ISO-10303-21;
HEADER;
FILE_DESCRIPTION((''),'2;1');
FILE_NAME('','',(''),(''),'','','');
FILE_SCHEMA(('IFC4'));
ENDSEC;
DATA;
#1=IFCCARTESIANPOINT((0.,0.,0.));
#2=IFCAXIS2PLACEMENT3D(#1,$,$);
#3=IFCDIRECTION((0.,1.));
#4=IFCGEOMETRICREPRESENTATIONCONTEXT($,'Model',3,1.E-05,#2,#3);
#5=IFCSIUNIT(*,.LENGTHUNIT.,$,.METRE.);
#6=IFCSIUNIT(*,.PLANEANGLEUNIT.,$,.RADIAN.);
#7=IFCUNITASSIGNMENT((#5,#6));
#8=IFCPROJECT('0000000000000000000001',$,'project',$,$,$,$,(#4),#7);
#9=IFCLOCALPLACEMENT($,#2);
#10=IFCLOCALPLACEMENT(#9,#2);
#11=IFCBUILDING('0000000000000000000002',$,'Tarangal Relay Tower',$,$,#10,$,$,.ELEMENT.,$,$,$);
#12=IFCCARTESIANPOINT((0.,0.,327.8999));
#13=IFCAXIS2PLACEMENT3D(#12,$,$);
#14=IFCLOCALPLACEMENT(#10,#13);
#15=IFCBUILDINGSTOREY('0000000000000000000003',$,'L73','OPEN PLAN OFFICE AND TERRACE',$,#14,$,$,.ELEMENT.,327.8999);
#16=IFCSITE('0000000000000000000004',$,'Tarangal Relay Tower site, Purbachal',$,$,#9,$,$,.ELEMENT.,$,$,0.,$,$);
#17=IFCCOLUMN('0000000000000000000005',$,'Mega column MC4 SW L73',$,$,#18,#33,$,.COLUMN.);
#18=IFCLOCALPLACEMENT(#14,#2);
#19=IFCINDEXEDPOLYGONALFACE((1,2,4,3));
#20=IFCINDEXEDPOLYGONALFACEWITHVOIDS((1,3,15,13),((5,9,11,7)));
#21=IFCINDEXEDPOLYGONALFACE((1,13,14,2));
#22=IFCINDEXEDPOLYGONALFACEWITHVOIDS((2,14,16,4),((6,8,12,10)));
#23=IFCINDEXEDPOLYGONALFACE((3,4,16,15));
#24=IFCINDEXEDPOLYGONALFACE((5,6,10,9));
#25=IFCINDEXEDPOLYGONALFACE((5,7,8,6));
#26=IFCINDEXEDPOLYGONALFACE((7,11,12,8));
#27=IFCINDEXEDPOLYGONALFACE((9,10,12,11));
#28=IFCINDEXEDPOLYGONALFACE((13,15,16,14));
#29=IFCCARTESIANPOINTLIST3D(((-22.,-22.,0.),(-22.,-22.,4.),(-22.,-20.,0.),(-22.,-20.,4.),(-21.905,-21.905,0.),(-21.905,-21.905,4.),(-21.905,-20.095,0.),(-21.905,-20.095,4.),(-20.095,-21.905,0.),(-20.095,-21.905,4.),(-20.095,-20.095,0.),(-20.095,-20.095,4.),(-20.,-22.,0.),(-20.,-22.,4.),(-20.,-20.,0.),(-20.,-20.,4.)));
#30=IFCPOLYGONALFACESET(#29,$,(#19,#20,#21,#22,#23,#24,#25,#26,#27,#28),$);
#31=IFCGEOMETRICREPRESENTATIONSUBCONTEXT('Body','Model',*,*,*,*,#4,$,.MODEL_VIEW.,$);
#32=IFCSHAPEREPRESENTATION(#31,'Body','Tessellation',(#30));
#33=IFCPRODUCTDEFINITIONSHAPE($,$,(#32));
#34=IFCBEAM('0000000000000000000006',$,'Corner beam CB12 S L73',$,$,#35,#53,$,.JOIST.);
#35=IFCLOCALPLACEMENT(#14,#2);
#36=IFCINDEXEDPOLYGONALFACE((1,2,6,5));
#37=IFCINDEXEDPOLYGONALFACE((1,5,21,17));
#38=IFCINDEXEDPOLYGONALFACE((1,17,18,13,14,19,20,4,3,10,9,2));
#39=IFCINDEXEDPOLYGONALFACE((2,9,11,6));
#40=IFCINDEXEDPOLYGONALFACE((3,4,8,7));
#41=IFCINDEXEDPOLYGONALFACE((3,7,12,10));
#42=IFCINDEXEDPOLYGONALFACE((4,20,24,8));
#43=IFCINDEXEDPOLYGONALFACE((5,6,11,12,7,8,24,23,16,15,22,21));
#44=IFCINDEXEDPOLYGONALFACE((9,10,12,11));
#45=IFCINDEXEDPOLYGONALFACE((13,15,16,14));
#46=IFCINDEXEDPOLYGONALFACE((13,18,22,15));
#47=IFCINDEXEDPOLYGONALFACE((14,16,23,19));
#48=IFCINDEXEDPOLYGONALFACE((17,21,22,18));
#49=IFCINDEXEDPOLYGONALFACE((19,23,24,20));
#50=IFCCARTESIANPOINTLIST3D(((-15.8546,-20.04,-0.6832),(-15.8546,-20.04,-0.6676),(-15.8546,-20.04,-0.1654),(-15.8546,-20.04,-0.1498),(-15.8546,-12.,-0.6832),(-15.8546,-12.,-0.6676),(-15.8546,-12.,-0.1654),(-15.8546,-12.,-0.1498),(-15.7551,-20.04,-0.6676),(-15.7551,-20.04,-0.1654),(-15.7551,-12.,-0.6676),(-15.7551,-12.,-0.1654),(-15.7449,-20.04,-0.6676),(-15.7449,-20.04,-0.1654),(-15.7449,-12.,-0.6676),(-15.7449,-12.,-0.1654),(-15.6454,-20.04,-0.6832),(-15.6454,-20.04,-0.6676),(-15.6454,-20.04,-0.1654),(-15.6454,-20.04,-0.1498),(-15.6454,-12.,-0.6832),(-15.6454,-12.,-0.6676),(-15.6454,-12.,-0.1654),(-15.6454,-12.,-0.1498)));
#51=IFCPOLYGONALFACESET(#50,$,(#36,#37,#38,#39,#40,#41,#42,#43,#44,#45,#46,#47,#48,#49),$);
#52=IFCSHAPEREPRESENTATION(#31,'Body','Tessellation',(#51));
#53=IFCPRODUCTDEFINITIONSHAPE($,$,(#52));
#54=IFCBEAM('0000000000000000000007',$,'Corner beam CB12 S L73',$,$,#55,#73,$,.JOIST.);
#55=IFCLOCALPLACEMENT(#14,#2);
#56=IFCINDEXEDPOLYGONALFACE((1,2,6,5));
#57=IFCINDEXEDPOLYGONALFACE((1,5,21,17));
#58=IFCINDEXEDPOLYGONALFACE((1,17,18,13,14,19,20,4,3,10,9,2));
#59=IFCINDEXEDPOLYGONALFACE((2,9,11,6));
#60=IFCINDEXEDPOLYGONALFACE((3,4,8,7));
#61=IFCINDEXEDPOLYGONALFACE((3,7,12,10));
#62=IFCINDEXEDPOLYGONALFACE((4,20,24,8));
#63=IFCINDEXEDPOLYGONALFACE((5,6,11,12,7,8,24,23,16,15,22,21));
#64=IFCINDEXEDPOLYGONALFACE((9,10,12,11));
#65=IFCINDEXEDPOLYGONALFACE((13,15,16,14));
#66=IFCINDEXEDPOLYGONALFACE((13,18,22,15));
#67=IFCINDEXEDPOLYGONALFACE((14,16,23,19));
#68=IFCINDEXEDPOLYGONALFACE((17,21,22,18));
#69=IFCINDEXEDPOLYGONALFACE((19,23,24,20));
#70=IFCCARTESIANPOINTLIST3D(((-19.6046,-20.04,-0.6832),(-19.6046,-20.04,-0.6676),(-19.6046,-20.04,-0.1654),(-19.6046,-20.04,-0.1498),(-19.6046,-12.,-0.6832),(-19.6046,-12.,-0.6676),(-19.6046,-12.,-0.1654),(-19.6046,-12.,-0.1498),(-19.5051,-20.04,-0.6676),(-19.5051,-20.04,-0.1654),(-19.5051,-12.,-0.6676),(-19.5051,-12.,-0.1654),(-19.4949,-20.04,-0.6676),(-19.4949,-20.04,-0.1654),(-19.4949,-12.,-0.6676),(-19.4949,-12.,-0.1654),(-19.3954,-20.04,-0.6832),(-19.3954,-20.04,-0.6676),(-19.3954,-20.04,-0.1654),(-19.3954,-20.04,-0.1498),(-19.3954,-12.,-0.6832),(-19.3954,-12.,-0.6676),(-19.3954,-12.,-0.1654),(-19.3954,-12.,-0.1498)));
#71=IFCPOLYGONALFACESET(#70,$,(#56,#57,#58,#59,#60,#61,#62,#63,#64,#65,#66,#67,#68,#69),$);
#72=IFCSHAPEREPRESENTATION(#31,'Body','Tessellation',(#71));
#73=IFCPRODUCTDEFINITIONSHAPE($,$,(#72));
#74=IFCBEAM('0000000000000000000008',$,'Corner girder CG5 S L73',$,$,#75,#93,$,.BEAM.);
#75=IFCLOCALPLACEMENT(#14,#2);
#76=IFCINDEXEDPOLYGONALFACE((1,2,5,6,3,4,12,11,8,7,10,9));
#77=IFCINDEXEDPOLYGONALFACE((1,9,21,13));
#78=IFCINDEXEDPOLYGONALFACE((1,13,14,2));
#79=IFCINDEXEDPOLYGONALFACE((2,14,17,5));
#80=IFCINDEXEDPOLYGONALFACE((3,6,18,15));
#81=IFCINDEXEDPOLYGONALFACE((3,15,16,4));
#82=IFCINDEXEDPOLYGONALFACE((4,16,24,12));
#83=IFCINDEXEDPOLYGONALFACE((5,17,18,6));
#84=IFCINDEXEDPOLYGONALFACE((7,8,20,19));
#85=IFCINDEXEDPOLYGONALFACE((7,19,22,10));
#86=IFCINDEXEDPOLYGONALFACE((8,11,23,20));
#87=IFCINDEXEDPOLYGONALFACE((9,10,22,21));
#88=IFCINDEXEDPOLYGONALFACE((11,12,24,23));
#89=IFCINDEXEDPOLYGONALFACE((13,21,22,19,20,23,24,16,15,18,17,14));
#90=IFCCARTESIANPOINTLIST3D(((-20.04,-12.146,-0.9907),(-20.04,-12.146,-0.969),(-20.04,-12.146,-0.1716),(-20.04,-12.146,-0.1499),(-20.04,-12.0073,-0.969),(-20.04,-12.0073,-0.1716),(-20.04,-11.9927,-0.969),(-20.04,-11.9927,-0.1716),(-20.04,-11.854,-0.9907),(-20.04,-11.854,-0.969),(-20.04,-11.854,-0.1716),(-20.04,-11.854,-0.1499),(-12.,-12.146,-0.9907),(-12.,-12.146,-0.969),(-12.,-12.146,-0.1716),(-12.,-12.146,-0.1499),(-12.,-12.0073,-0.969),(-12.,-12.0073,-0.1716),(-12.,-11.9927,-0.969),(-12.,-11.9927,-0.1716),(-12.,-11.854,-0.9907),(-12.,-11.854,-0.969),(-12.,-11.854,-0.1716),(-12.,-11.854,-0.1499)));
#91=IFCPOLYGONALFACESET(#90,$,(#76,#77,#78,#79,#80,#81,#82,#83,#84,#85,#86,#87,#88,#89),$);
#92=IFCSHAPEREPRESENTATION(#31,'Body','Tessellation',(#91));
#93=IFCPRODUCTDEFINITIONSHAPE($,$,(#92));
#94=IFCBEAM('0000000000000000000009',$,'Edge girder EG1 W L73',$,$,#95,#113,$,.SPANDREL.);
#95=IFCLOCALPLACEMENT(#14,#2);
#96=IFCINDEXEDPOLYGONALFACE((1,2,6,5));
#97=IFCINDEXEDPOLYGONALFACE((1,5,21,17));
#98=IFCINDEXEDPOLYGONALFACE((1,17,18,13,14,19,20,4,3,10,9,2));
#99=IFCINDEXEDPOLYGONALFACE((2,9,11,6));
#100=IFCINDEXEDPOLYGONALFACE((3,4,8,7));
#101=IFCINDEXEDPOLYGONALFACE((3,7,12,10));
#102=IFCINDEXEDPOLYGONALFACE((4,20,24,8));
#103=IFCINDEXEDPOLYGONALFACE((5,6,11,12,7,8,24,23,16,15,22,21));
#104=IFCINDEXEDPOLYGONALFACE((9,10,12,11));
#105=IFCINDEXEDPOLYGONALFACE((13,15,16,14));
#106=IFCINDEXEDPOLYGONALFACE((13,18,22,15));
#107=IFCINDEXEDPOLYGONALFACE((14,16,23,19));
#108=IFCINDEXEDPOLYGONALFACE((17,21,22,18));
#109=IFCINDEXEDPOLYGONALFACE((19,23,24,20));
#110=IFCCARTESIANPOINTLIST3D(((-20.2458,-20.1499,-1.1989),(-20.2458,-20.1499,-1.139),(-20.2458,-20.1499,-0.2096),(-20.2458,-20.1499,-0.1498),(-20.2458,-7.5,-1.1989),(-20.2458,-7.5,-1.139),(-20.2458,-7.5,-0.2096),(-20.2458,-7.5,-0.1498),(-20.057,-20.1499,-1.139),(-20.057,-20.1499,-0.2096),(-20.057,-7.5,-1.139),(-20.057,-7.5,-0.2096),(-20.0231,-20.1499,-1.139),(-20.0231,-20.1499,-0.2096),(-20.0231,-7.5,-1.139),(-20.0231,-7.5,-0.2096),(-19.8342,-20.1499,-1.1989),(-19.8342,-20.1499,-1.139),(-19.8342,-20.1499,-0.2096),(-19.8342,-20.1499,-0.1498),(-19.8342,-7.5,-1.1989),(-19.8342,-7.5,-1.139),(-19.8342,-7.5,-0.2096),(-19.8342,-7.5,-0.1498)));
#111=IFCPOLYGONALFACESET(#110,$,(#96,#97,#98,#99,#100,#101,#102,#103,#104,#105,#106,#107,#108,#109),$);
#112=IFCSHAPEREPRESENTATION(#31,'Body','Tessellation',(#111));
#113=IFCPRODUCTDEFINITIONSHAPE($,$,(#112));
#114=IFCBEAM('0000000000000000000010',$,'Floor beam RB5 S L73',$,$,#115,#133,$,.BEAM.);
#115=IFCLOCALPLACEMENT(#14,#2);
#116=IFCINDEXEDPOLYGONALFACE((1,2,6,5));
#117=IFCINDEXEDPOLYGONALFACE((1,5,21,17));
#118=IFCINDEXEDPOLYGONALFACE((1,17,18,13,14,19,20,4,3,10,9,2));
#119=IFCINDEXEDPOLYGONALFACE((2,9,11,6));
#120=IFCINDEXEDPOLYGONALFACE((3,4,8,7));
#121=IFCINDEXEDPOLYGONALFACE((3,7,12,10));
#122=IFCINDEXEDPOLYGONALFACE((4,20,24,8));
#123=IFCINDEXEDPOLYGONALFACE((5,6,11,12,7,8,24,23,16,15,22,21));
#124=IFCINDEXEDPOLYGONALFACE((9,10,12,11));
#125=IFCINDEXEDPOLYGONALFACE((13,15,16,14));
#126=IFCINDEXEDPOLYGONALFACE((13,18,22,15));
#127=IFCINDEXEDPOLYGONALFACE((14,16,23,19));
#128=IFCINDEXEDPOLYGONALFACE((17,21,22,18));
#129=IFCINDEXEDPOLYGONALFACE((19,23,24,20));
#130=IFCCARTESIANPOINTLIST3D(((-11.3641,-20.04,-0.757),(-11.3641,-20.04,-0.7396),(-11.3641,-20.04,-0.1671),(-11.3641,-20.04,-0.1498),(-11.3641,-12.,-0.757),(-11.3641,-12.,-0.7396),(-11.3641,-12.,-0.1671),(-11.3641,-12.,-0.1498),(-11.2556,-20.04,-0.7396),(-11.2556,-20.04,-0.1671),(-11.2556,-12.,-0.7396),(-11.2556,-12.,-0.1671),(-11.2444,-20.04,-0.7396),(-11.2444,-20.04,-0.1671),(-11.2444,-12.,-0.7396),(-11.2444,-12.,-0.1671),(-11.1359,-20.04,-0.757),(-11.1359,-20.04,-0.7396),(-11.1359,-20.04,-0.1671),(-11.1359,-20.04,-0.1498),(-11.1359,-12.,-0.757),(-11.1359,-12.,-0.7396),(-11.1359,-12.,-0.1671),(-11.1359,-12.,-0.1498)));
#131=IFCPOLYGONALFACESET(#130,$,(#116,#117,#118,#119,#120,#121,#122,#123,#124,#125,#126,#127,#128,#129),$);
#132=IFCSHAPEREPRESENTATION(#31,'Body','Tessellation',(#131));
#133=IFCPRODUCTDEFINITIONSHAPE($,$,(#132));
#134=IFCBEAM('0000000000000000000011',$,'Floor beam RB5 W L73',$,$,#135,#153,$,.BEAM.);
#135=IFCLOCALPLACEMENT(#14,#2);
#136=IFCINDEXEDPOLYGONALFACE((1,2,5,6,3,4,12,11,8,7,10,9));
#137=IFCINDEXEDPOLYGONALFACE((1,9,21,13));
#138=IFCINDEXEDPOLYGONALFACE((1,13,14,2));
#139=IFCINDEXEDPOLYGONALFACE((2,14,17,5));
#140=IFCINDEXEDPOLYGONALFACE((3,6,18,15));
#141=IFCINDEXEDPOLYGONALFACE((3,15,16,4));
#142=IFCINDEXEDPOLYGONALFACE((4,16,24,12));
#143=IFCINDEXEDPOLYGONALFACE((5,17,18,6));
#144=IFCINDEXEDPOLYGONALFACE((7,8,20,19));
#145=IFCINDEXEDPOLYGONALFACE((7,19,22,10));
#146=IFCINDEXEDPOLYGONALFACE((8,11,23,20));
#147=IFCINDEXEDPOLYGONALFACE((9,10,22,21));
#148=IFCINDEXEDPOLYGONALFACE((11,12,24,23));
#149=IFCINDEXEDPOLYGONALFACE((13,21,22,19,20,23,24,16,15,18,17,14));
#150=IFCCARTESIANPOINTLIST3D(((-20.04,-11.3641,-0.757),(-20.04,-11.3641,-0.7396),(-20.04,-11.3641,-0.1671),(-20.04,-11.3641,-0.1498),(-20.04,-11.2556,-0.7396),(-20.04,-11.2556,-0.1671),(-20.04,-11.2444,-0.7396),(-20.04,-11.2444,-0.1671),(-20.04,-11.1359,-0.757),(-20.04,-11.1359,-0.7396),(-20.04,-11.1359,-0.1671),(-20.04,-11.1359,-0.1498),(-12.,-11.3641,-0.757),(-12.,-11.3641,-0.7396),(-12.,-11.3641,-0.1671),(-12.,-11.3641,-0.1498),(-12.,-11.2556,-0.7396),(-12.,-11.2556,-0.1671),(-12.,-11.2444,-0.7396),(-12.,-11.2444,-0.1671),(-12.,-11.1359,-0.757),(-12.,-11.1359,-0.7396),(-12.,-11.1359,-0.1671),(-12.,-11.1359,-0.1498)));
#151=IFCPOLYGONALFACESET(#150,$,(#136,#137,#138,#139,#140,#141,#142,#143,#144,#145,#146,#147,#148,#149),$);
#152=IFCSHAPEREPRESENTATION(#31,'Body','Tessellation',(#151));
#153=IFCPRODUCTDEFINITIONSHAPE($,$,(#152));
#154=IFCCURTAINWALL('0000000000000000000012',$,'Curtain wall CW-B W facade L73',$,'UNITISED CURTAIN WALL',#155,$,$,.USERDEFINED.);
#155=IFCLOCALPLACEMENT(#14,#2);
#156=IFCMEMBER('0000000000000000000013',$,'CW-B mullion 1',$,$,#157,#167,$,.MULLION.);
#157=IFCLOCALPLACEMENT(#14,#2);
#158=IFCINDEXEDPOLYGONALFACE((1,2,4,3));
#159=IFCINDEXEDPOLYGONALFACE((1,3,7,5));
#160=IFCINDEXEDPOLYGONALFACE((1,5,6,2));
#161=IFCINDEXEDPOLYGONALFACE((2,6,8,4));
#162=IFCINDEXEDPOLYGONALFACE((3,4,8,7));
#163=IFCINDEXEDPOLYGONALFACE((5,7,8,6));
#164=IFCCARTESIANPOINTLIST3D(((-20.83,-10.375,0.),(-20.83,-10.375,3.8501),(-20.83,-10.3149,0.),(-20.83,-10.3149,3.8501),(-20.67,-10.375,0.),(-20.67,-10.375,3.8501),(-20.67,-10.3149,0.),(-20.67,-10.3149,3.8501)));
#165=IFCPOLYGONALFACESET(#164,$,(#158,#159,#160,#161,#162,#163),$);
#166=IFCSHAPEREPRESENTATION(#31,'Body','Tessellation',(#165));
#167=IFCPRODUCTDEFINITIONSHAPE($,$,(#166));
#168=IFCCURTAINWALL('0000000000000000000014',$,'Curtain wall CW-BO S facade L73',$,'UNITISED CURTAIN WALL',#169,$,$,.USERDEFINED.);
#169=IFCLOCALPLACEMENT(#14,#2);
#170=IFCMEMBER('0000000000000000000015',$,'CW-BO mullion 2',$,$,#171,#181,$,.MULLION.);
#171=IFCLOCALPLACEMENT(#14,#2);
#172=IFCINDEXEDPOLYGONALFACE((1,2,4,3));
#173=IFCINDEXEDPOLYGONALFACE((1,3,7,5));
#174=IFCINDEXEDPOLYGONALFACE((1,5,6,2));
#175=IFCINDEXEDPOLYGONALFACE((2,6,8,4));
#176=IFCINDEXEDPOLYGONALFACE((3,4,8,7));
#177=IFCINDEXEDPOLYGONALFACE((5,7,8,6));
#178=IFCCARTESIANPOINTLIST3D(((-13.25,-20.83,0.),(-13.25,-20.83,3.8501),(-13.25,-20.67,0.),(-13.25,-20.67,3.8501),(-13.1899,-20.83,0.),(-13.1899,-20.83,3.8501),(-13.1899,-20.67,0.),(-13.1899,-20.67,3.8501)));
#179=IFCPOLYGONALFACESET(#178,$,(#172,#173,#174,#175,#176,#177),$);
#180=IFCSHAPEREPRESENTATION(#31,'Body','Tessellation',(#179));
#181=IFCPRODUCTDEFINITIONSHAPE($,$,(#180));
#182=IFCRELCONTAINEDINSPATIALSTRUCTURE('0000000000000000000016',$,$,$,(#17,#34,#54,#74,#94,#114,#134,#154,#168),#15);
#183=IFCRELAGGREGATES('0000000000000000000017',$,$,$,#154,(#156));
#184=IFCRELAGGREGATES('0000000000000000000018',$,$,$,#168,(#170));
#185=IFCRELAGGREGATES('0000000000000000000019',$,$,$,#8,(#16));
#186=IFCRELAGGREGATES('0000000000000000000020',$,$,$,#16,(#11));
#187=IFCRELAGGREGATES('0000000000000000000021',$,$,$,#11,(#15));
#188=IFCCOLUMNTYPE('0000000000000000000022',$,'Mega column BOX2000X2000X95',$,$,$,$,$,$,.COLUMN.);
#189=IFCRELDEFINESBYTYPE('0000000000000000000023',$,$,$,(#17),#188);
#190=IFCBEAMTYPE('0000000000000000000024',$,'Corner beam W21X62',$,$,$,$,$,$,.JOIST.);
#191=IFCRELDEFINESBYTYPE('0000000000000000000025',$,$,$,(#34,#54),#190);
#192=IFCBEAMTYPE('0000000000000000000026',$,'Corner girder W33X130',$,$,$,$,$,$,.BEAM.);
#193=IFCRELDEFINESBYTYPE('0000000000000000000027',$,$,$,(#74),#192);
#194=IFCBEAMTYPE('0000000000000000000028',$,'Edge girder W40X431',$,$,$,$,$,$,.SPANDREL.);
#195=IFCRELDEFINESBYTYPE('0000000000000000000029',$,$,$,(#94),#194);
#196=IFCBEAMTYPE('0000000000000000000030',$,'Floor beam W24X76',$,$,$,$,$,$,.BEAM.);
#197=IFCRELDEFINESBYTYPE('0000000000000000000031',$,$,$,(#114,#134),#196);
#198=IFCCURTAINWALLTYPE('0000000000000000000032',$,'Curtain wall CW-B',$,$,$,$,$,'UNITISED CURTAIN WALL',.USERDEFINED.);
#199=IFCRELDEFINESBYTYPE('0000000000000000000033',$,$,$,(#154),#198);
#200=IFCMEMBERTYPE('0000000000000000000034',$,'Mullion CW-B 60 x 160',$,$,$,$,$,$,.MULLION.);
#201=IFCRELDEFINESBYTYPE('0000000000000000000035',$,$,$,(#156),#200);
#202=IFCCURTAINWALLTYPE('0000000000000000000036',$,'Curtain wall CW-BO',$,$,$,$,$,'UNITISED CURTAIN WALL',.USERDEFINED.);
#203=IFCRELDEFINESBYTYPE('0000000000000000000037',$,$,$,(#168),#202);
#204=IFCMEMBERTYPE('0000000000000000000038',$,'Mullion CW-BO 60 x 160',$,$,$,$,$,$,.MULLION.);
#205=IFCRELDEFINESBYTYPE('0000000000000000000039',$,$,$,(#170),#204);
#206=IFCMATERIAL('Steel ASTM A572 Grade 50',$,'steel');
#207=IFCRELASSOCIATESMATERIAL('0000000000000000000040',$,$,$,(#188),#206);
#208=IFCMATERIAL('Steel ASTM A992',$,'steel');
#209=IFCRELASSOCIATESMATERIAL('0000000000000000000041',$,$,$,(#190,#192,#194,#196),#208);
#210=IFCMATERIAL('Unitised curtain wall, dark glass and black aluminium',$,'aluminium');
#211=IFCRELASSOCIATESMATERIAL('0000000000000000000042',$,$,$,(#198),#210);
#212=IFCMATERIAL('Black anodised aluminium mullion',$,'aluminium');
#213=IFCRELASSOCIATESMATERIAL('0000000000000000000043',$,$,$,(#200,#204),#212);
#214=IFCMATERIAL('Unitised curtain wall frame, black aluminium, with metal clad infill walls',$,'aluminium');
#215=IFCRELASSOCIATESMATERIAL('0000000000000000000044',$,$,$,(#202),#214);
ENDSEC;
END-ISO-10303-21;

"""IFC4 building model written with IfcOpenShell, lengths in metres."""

from ifc_helpers import new_model, si_unit, direction, frame, origin, origin_2d, place, context, subcontext, project, spatial, rectangle, hollow_rectangle, i_section, extrude, material, material_profile, profile_set, type_object, element, aggregate, save


model = new_model("IFC4")

# Units and contexts
model_context = context("Model", 3, precision=1e-05, world=origin(), true_north=direction((0.0, 1.0)))
body_context = subcontext(model_context, "Body", "Model", "MODEL_VIEW")
ifc_project = project(units=[si_unit("LENGTHUNIT", "METRE"), si_unit("PLANEANGLEUNIT", "RADIAN")], contexts=[model_context])

# Site, building, storey
site_placement = place(None, origin())
site = spatial("IfcSite", under=ifc_project, at=site_placement, Name="Tarangal Relay Tower site, Purbachal", CompositionType="ELEMENT", RefElevation=0.0)
building_placement = place(site_placement, origin())
building = spatial("IfcBuilding", under=site, at=building_placement, Name="Tarangal Relay Tower", CompositionType="ELEMENT")
storey_placement = place(building_placement, frame((0.0, 0.0, 327.8999)))
storey = spatial("IfcBuildingStorey", under=building, at=storey_placement, Name="L73", Description="OPEN PLAN OFFICE AND TERRACE", CompositionType="ELEMENT", Elevation=327.8999)

# Column
ifc_material_1 = material(Name="Steel ASTM A572 Grade 50", Category="steel")
ifc_material_profile_1 = material_profile(ifc_material_1, hollow_rectangle(XDim=2.0, YDim=2.0, WallThickness=0.095, at=origin_2d()), Name="BOX2000X2000X95")
ifc_profile_set_1 = profile_set([ifc_material_profile_1], Name="Steel ASTM A572 Grade 50")
column_type = type_object("IfcColumnType", Name="Mega column BOX2000X2000X95", PredefinedType="COLUMN", material=ifc_profile_set_1)
column_placement = place(storey_placement, frame((-21.0, -21.0, 0.0), z_axis=(0.0, 0.0, 1.0), x_axis=(1.0, 0.0, 0.0)))
element("IfcColumn", 1, at=column_placement, inside=storey, type_object=column_type, Name="Mega column MC4 SW L73", PredefinedType="COLUMN", context=body_context, shape_type="SweptSolid", body=[
    extrude(hollow_rectangle(XDim=2.0, YDim=2.0, WallThickness=0.095, at=origin_2d()), origin(), (0.0, 0.0, 1.0), 4.0),
])

# Beams
ifc_material_2 = material(Name="Steel ASTM A992", Category="steel")
ifc_material_profile_2 = material_profile(ifc_material_2, i_section(OverallWidth=0.2092, OverallDepth=0.5334, WebThickness=0.0103, FlangeThickness=0.0156, at=origin_2d()), Name="W21X62")
ifc_profile_set_2 = profile_set([ifc_material_profile_2], Name="Steel ASTM A992")
beam_type_1 = type_object("IfcBeamType", Name="Corner beam W21X62", PredefinedType="JOIST", material=ifc_profile_set_2)
for number, where, z_axis, x_axis, name in (
    (2, (-15.75, -12.0, -0.4165), (0.0, -1.0, 0.0), (1.0, 0.0, 0.0), "Corner beam CB12 S L73"),
    (3, (-19.5, -12.0, -0.4165), (0.0, -1.0, 0.0), (1.0, 0.0, 0.0), "Corner beam CB12 S L73"),
):
    element("IfcBeam", number, at=place(storey_placement, frame(where, z_axis=z_axis, x_axis=x_axis)), inside=storey, type_object=beam_type_1, Name=name, PredefinedType="JOIST", context=body_context, shape_type="SweptSolid", body=[
        extrude(i_section(OverallWidth=0.2092, OverallDepth=0.5334, WebThickness=0.0103, FlangeThickness=0.0156, at=origin_2d()), origin(), (0.0, 0.0, 1.0), 8.04),
    ])
ifc_material_profile_3 = material_profile(ifc_material_2, i_section(OverallWidth=0.292, OverallDepth=0.8408, WebThickness=0.0146, FlangeThickness=0.0217, at=origin_2d()), Name="W33X130")
ifc_profile_set_3 = profile_set([ifc_material_profile_3], Name="Steel ASTM A992")
beam_type_2 = type_object("IfcBeamType", Name="Corner girder W33X130", PredefinedType="BEAM", material=ifc_profile_set_3)
beam_1_placement = place(storey_placement, frame((-12.0, -12.0, -0.5703), z_axis=(-1.0, 0.0, 0.0), x_axis=(0.0, -1.0, 0.0)))
element("IfcBeam", 4, at=beam_1_placement, inside=storey, type_object=beam_type_2, Name="Corner girder CG5 S L73", PredefinedType="BEAM", context=body_context, shape_type="SweptSolid", body=[
    extrude(i_section(OverallWidth=0.292, OverallDepth=0.8408, WebThickness=0.0146, FlangeThickness=0.0217, at=origin_2d()), origin(), (0.0, 0.0, 1.0), 8.04),
])
ifc_material_profile_4 = material_profile(ifc_material_2, i_section(OverallWidth=0.4116, OverallDepth=1.0491, WebThickness=0.0339, FlangeThickness=0.0598, at=origin_2d()), Name="W40X431")
ifc_profile_set_4 = profile_set([ifc_material_profile_4], Name="Steel ASTM A992")
beam_type_3 = type_object("IfcBeamType", Name="Edge girder W40X431", PredefinedType="SPANDREL", material=ifc_profile_set_4)
beam_2_placement = place(storey_placement, frame((-20.04, -20.1499, -0.6743), z_axis=(0.0, 1.0, 0.0), x_axis=(-1.0, 0.0, 0.0)))
element("IfcBeam", 5, at=beam_2_placement, inside=storey, type_object=beam_type_3, Name="Edge girder EG1 W L73", PredefinedType="SPANDREL", context=body_context, shape_type="SweptSolid", body=[
    extrude(i_section(OverallWidth=0.4116, OverallDepth=1.0491, WebThickness=0.0339, FlangeThickness=0.0598, at=origin_2d()), origin(), (0.0, 0.0, 1.0), 12.6499),
])
ifc_material_profile_5 = material_profile(ifc_material_2, i_section(OverallWidth=0.2283, OverallDepth=0.6072, WebThickness=0.0112, FlangeThickness=0.0173, at=origin_2d()), Name="W24X76")
ifc_profile_set_5 = profile_set([ifc_material_profile_5], Name="Steel ASTM A992")
beam_type_4 = type_object("IfcBeamType", Name="Floor beam W24X76", PredefinedType="BEAM", material=ifc_profile_set_5)
for number, where, z_axis, x_axis, name in (
    (6, (-11.25, -12.0, -0.4534), (0.0, -1.0, 0.0), (1.0, 0.0, 0.0), "Floor beam RB5 S L73"),
    (7, (-12.0, -11.25, -0.4534), (-1.0, 0.0, 0.0), (0.0, -1.0, 0.0), "Floor beam RB5 W L73"),
):
    element("IfcBeam", number, at=place(storey_placement, frame(where, z_axis=z_axis, x_axis=x_axis)), inside=storey, type_object=beam_type_4, Name=name, PredefinedType="BEAM", context=body_context, shape_type="SweptSolid", body=[
        extrude(i_section(OverallWidth=0.2283, OverallDepth=0.6072, WebThickness=0.0112, FlangeThickness=0.0173, at=origin_2d()), origin(), (0.0, 0.0, 1.0), 8.04),
    ])

# Curtain walls, members
ifc_material_3 = material(Name="Unitised curtain wall, dark glass and black aluminium", Category="aluminium")
curtain_wall_type_1 = type_object("IfcCurtainWallType", Name="Curtain wall CW-B", ElementType="UNITISED CURTAIN WALL", PredefinedType="USERDEFINED", material=ifc_material_3)
curtain_wall_1_placement = place(storey_placement, origin())
curtain_wall_1 = element("IfcCurtainWall", 8, at=curtain_wall_1_placement, inside=storey, type_object=curtain_wall_type_1, Name="Curtain wall CW-B W facade L73", ObjectType="UNITISED CURTAIN WALL", PredefinedType="USERDEFINED")
ifc_material_4 = material(Name="Black anodised aluminium mullion", Category="aluminium")
ifc_material_profile_6 = material_profile(ifc_material_4, rectangle(XDim=0.1599, YDim=0.0601, at=origin_2d()), Name="CW-BM 60X160")
ifc_profile_set_6 = profile_set([ifc_material_profile_6], Name="Black anodised aluminium mullion")
member_type_1 = type_object("IfcMemberType", Name="Mullion CW-B 60 x 160", PredefinedType="MULLION", material=ifc_profile_set_6)
member_1_placement = place(storey_placement, frame((-20.75, -10.345, 0.0), z_axis=(0.0, 0.0, 1.0), x_axis=(-1.0, 0.0, 0.0)))
member_1 = element("IfcMember", 9, at=member_1_placement, type_object=member_type_1, Name="CW-B mullion 1", PredefinedType="MULLION", context=body_context, shape_type="SweptSolid", body=[
    extrude(rectangle(XDim=0.1599, YDim=0.0601, at=origin_2d()), origin(), (0.0, 0.0, 1.0), 3.8501),
])
aggregate(curtain_wall_1, [member_1])
ifc_material_5 = material(Name="Unitised curtain wall frame, black aluminium, with metal clad infill walls", Category="aluminium")
curtain_wall_type_2 = type_object("IfcCurtainWallType", Name="Curtain wall CW-BO", ElementType="UNITISED CURTAIN WALL", PredefinedType="USERDEFINED", material=ifc_material_5)
curtain_wall_2_placement = place(storey_placement, origin())
curtain_wall_2 = element("IfcCurtainWall", 10, at=curtain_wall_2_placement, inside=storey, type_object=curtain_wall_type_2, Name="Curtain wall CW-BO S facade L73", ObjectType="UNITISED CURTAIN WALL", PredefinedType="USERDEFINED")
ifc_material_profile_7 = material_profile(ifc_material_4, rectangle(XDim=0.1599, YDim=0.0601, at=origin_2d()), Name="CW-BOM 60X160")
ifc_profile_set_7 = profile_set([ifc_material_profile_7], Name="Black anodised aluminium mullion")
member_type_2 = type_object("IfcMemberType", Name="Mullion CW-BO 60 x 160", PredefinedType="MULLION", material=ifc_profile_set_7)
member_2_placement = place(storey_placement, frame((-13.22, -20.75, 0.0), z_axis=(0.0, 0.0, 1.0), x_axis=(0.0, -1.0, 0.0)))
member_2 = element("IfcMember", 11, at=member_2_placement, type_object=member_type_2, Name="CW-BO mullion 2", PredefinedType="MULLION", context=body_context, shape_type="SweptSolid", body=[
    extrude(rectangle(XDim=0.1599, YDim=0.0601, at=origin_2d()), origin(), (0.0, 0.0, 1.0), 3.8501),
])

aggregate(curtain_wall_2, [member_2])

save(model, "model.ifc")
